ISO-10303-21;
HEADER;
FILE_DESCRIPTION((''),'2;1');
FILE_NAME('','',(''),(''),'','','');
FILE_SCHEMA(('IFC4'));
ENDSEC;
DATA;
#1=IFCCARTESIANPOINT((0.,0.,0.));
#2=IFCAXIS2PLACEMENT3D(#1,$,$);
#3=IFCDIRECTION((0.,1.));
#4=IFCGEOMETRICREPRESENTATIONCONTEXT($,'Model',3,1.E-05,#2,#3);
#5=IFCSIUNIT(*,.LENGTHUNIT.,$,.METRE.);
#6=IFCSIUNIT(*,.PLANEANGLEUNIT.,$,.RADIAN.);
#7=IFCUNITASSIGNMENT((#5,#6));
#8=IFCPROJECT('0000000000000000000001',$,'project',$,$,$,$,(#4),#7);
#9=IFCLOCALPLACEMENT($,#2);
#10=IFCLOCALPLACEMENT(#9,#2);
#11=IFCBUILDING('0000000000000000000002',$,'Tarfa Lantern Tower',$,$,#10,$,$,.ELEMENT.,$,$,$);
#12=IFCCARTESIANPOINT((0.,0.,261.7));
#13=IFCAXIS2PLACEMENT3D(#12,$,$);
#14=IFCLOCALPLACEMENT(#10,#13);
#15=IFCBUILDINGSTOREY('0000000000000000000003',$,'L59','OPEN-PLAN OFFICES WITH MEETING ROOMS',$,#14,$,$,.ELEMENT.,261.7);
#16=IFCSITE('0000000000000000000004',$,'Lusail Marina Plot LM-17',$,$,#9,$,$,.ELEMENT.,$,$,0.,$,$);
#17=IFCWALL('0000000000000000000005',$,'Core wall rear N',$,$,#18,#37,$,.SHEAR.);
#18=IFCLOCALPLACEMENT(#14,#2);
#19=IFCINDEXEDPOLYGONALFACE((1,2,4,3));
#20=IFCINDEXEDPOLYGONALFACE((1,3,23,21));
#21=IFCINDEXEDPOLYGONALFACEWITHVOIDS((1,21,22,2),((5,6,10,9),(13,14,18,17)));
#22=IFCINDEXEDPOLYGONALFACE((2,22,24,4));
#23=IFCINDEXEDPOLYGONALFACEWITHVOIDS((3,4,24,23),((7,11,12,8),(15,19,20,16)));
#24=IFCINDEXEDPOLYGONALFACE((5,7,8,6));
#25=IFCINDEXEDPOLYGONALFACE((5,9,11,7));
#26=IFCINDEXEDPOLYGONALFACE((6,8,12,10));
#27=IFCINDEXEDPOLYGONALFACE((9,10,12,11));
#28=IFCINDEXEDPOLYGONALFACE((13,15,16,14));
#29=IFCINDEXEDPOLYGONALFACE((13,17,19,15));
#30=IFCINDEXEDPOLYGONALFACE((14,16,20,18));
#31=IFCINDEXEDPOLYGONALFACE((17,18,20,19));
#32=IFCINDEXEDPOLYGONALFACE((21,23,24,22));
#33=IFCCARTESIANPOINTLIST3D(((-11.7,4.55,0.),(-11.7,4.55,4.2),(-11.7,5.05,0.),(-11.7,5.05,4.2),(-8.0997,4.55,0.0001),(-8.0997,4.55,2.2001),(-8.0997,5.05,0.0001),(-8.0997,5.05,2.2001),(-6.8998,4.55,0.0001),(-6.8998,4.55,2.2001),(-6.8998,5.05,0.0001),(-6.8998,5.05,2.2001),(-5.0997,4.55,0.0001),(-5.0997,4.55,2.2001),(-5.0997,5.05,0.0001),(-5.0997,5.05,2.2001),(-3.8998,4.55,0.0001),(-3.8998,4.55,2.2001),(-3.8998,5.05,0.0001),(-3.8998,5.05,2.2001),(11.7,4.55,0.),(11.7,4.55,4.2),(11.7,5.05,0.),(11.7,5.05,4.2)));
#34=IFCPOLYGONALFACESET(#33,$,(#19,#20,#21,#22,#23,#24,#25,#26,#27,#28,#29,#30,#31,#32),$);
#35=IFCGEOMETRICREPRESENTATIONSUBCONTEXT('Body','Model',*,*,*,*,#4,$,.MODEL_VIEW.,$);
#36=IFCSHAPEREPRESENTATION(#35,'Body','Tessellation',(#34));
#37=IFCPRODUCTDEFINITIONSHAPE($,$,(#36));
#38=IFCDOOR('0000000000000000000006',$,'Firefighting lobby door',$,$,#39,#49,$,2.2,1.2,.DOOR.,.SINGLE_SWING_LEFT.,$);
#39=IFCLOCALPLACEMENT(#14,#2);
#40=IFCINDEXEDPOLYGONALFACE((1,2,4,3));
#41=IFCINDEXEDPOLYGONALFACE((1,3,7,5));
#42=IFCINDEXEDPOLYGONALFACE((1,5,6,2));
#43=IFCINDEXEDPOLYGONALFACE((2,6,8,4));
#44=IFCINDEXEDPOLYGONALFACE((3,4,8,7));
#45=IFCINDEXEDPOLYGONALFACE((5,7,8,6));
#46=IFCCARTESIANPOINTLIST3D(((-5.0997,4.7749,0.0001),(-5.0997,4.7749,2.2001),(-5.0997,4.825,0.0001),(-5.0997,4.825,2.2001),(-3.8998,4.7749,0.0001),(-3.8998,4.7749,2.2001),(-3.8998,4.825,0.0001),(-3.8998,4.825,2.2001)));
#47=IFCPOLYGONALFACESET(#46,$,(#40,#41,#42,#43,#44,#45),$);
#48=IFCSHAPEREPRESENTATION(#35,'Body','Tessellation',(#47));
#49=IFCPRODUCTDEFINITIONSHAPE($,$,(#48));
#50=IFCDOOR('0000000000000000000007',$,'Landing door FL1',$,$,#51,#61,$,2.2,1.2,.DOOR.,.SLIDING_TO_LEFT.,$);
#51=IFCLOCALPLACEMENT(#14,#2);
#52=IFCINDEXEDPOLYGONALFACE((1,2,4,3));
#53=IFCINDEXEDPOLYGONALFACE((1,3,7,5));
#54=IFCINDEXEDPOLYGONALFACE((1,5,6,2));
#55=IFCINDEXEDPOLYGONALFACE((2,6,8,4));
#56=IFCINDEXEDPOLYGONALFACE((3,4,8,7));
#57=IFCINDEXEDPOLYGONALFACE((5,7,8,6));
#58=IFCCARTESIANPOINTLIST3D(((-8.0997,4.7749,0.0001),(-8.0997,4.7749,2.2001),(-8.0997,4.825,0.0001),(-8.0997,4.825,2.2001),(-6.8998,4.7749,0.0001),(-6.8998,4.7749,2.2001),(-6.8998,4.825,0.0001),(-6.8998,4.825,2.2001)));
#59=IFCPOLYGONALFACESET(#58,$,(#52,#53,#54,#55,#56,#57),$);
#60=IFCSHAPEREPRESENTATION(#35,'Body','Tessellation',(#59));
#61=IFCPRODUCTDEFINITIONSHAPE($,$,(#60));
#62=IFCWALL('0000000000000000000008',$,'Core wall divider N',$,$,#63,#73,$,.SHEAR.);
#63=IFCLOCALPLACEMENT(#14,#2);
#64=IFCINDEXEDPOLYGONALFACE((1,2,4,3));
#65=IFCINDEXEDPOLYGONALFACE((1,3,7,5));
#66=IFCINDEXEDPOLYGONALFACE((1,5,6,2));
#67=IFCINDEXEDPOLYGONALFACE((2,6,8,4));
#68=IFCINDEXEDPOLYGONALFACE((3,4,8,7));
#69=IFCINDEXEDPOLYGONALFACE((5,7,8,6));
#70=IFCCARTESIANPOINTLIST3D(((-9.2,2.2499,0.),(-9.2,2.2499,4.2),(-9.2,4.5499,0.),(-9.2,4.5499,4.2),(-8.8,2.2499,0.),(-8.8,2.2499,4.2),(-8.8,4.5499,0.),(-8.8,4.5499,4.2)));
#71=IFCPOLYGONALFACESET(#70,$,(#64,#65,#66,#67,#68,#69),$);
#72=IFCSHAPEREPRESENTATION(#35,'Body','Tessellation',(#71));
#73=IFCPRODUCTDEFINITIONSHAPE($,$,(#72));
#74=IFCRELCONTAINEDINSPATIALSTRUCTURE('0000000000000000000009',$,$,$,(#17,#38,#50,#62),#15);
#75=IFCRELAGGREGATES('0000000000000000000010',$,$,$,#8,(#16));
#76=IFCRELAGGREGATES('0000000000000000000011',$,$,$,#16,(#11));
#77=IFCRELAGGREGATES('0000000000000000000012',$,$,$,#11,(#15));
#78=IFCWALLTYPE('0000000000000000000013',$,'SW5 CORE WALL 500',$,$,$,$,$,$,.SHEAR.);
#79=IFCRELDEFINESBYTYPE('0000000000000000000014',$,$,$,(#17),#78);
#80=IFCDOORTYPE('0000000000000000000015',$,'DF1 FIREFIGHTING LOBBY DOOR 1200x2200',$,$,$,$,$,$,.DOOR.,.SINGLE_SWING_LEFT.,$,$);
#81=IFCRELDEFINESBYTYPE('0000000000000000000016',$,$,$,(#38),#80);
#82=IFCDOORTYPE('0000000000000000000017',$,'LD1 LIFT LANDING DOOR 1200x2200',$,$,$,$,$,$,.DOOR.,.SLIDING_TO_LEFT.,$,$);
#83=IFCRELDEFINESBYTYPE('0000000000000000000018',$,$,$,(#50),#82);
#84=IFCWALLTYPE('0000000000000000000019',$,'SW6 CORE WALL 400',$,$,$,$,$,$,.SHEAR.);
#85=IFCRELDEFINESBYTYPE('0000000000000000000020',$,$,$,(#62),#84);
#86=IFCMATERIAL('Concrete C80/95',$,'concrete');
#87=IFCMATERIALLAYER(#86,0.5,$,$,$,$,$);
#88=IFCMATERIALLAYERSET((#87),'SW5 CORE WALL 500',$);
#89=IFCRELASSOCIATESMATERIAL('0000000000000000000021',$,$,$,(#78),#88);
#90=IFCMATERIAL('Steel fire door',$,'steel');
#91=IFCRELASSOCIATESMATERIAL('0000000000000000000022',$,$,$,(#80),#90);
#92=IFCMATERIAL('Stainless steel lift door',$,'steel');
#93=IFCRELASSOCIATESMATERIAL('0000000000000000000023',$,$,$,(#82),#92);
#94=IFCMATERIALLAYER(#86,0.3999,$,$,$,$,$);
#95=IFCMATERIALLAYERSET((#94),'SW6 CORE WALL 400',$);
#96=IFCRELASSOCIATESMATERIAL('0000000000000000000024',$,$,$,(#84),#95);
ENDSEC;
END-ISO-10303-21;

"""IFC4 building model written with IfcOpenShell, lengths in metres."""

from ifc_helpers import new_model, si_unit, direction, frame, frame_2d, origin, place, context, subcontext, project, spatial, rectangle, extrude, material, layer, layer_set, type_object, element, fill, save


model = new_model("IFC4")

# Units and contexts
model_context = context("Model", 3, precision=1e-05, world=origin(), true_north=direction((0.0, 1.0)))
body_context = subcontext(model_context, "Body", "Model", "MODEL_VIEW")
ifc_project = project(units=[si_unit("LENGTHUNIT", "METRE"), si_unit("PLANEANGLEUNIT", "RADIAN")], contexts=[model_context])

# Site, building, storey
site_placement = place(None, origin())
site = spatial("IfcSite", under=ifc_project, at=site_placement, Name="Lusail Marina Plot LM-17", CompositionType="ELEMENT", RefElevation=0.0)
building_placement = place(site_placement, origin())
building = spatial("IfcBuilding", under=site, at=building_placement, Name="Tarfa Lantern Tower", CompositionType="ELEMENT")
storey_placement = place(building_placement, frame((0.0, 0.0, 261.7)))
storey = spatial("IfcBuildingStorey", under=building, at=storey_placement, Name="L59", Description="OPEN-PLAN OFFICES WITH MEETING ROOMS", CompositionType="ELEMENT", Elevation=261.7)

# Shared definitions
ifc_material_1 = material(Name="Concrete C80/95", Category="concrete")
ifc_material_2 = material(Name="Steel fire door", Category="steel")
ifc_layer_1 = layer(ifc_material_1, 0.5)
ifc_layer_set_1 = layer_set([ifc_layer_1], Name="SW5 CORE WALL 500")
wall_type_1 = type_object("IfcWallType", Name="SW5 CORE WALL 500", PredefinedType="SHEAR", material=ifc_layer_set_1)

# Wall, openings, doors
wall_1_placement = place(storey_placement, frame((-11.7, 4.8, 0.0), z_axis=(0.0, 0.0, 1.0), x_axis=(1.0, 0.0, 0.0)))
wall_1 = element("IfcWall", 1, at=wall_1_placement, inside=storey, type_object=wall_type_1, Name="Core wall rear N", PredefinedType="SHEAR", context=body_context, shape_type="SweptSolid", body=[
    extrude(rectangle(XDim=23.3999, YDim=0.5, at=frame_2d((11.7, 0.0))), origin(), (0.0, 0.0, 1.0), 4.2),
])
opening_1_placement = place(wall_1_placement, frame((6.6001, 0.0, 0.0)))
opening_1 = element("IfcOpeningElement", 2, at=opening_1_placement, cuts=wall_1, PredefinedType="OPENING", context=body_context, shape_type="SweptSolid", body=[
    extrude(rectangle(XDim=1.2, YDim=2.2, at=frame_2d((0.6001, 1.1001))), frame((0.0, 0.26, 0.0), z_axis=(0.0, -1.0, 0.0), x_axis=(1.0, 0.0, 0.0)), (0.0, 0.0, 1.0), 0.52),
])
opening_2_placement = place(wall_1_placement, frame((3.6001, 0.0, 0.0)))
opening_2 = element("IfcOpeningElement", 3, at=opening_2_placement, cuts=wall_1, PredefinedType="OPENING", context=body_context, shape_type="SweptSolid", body=[
    extrude(rectangle(XDim=1.2, YDim=2.2, at=frame_2d((0.6001, 1.1001))), frame((0.0, 0.26, 0.0), z_axis=(0.0, -1.0, 0.0), x_axis=(1.0, 0.0, 0.0)), (0.0, 0.0, 1.0), 0.52),
])
door_type_1 = type_object("IfcDoorType", Name="DF1 FIREFIGHTING LOBBY DOOR 1200x2200", OperationType="SINGLE_SWING_LEFT", PredefinedType="DOOR", material=ifc_material_2)
door_1_placement = place(opening_1_placement, origin())
door_1 = element("IfcDoor", 4, at=door_1_placement, inside=storey, type_object=door_type_1, Name="Firefighting lobby door", OperationType="SINGLE_SWING_LEFT", OverallHeight=2.2, OverallWidth=1.2, PredefinedType="DOOR", context=body_context, shape_type="SweptSolid", body=[
    extrude(rectangle(XDim=1.2, YDim=2.2, at=frame_2d((0.6001, 1.1001))), frame((0.0, 0.0249, 0.0), z_axis=(0.0, -1.0, 0.0), x_axis=(1.0, 0.0, 0.0)), (0.0, 0.0, 1.0), 0.05),
])
fill(opening_1, door_1)
ifc_material_3 = material(Name="Stainless steel lift door", Category="steel")
door_type_2 = type_object("IfcDoorType", Name="LD1 LIFT LANDING DOOR 1200x2200", OperationType="SLIDING_TO_LEFT", PredefinedType="DOOR", material=ifc_material_3)
door_2_placement = place(opening_2_placement, origin())
door_2 = element("IfcDoor", 5, at=door_2_placement, inside=storey, type_object=door_type_2, Name="Landing door FL1", OperationType="SLIDING_TO_LEFT", OverallHeight=2.2, OverallWidth=1.2, PredefinedType="DOOR", context=body_context, shape_type="SweptSolid", body=[
    extrude(rectangle(XDim=1.2, YDim=2.2, at=frame_2d((0.6001, 1.1001))), frame((0.0, 0.0249, 0.0), z_axis=(0.0, -1.0, 0.0), x_axis=(1.0, 0.0, 0.0)), (0.0, 0.0, 1.0), 0.05),
])
fill(opening_2, door_2)

# Wall
ifc_layer_2 = layer(ifc_material_1, 0.3999)
ifc_layer_set_2 = layer_set([ifc_layer_2], Name="SW6 CORE WALL 400")
wall_type_2 = type_object("IfcWallType", Name="SW6 CORE WALL 400", PredefinedType="SHEAR", material=ifc_layer_set_2)
wall_2_placement = place(storey_placement, frame((-9.0, 2.25, 0.0), z_axis=(0.0, 0.0, 1.0), x_axis=(0.0, 1.0, 0.0)))
element("IfcWall", 6, at=wall_2_placement, inside=storey, type_object=wall_type_2, Name="Core wall divider N", PredefinedType="SHEAR", context=body_context, shape_type="SweptSolid", body=[
    extrude(rectangle(XDim=2.3, YDim=0.3999, at=frame_2d((1.1499, 0.0))), origin(), (0.0, 0.0, 1.0), 4.2),
])

save(model, "model.ifc")
